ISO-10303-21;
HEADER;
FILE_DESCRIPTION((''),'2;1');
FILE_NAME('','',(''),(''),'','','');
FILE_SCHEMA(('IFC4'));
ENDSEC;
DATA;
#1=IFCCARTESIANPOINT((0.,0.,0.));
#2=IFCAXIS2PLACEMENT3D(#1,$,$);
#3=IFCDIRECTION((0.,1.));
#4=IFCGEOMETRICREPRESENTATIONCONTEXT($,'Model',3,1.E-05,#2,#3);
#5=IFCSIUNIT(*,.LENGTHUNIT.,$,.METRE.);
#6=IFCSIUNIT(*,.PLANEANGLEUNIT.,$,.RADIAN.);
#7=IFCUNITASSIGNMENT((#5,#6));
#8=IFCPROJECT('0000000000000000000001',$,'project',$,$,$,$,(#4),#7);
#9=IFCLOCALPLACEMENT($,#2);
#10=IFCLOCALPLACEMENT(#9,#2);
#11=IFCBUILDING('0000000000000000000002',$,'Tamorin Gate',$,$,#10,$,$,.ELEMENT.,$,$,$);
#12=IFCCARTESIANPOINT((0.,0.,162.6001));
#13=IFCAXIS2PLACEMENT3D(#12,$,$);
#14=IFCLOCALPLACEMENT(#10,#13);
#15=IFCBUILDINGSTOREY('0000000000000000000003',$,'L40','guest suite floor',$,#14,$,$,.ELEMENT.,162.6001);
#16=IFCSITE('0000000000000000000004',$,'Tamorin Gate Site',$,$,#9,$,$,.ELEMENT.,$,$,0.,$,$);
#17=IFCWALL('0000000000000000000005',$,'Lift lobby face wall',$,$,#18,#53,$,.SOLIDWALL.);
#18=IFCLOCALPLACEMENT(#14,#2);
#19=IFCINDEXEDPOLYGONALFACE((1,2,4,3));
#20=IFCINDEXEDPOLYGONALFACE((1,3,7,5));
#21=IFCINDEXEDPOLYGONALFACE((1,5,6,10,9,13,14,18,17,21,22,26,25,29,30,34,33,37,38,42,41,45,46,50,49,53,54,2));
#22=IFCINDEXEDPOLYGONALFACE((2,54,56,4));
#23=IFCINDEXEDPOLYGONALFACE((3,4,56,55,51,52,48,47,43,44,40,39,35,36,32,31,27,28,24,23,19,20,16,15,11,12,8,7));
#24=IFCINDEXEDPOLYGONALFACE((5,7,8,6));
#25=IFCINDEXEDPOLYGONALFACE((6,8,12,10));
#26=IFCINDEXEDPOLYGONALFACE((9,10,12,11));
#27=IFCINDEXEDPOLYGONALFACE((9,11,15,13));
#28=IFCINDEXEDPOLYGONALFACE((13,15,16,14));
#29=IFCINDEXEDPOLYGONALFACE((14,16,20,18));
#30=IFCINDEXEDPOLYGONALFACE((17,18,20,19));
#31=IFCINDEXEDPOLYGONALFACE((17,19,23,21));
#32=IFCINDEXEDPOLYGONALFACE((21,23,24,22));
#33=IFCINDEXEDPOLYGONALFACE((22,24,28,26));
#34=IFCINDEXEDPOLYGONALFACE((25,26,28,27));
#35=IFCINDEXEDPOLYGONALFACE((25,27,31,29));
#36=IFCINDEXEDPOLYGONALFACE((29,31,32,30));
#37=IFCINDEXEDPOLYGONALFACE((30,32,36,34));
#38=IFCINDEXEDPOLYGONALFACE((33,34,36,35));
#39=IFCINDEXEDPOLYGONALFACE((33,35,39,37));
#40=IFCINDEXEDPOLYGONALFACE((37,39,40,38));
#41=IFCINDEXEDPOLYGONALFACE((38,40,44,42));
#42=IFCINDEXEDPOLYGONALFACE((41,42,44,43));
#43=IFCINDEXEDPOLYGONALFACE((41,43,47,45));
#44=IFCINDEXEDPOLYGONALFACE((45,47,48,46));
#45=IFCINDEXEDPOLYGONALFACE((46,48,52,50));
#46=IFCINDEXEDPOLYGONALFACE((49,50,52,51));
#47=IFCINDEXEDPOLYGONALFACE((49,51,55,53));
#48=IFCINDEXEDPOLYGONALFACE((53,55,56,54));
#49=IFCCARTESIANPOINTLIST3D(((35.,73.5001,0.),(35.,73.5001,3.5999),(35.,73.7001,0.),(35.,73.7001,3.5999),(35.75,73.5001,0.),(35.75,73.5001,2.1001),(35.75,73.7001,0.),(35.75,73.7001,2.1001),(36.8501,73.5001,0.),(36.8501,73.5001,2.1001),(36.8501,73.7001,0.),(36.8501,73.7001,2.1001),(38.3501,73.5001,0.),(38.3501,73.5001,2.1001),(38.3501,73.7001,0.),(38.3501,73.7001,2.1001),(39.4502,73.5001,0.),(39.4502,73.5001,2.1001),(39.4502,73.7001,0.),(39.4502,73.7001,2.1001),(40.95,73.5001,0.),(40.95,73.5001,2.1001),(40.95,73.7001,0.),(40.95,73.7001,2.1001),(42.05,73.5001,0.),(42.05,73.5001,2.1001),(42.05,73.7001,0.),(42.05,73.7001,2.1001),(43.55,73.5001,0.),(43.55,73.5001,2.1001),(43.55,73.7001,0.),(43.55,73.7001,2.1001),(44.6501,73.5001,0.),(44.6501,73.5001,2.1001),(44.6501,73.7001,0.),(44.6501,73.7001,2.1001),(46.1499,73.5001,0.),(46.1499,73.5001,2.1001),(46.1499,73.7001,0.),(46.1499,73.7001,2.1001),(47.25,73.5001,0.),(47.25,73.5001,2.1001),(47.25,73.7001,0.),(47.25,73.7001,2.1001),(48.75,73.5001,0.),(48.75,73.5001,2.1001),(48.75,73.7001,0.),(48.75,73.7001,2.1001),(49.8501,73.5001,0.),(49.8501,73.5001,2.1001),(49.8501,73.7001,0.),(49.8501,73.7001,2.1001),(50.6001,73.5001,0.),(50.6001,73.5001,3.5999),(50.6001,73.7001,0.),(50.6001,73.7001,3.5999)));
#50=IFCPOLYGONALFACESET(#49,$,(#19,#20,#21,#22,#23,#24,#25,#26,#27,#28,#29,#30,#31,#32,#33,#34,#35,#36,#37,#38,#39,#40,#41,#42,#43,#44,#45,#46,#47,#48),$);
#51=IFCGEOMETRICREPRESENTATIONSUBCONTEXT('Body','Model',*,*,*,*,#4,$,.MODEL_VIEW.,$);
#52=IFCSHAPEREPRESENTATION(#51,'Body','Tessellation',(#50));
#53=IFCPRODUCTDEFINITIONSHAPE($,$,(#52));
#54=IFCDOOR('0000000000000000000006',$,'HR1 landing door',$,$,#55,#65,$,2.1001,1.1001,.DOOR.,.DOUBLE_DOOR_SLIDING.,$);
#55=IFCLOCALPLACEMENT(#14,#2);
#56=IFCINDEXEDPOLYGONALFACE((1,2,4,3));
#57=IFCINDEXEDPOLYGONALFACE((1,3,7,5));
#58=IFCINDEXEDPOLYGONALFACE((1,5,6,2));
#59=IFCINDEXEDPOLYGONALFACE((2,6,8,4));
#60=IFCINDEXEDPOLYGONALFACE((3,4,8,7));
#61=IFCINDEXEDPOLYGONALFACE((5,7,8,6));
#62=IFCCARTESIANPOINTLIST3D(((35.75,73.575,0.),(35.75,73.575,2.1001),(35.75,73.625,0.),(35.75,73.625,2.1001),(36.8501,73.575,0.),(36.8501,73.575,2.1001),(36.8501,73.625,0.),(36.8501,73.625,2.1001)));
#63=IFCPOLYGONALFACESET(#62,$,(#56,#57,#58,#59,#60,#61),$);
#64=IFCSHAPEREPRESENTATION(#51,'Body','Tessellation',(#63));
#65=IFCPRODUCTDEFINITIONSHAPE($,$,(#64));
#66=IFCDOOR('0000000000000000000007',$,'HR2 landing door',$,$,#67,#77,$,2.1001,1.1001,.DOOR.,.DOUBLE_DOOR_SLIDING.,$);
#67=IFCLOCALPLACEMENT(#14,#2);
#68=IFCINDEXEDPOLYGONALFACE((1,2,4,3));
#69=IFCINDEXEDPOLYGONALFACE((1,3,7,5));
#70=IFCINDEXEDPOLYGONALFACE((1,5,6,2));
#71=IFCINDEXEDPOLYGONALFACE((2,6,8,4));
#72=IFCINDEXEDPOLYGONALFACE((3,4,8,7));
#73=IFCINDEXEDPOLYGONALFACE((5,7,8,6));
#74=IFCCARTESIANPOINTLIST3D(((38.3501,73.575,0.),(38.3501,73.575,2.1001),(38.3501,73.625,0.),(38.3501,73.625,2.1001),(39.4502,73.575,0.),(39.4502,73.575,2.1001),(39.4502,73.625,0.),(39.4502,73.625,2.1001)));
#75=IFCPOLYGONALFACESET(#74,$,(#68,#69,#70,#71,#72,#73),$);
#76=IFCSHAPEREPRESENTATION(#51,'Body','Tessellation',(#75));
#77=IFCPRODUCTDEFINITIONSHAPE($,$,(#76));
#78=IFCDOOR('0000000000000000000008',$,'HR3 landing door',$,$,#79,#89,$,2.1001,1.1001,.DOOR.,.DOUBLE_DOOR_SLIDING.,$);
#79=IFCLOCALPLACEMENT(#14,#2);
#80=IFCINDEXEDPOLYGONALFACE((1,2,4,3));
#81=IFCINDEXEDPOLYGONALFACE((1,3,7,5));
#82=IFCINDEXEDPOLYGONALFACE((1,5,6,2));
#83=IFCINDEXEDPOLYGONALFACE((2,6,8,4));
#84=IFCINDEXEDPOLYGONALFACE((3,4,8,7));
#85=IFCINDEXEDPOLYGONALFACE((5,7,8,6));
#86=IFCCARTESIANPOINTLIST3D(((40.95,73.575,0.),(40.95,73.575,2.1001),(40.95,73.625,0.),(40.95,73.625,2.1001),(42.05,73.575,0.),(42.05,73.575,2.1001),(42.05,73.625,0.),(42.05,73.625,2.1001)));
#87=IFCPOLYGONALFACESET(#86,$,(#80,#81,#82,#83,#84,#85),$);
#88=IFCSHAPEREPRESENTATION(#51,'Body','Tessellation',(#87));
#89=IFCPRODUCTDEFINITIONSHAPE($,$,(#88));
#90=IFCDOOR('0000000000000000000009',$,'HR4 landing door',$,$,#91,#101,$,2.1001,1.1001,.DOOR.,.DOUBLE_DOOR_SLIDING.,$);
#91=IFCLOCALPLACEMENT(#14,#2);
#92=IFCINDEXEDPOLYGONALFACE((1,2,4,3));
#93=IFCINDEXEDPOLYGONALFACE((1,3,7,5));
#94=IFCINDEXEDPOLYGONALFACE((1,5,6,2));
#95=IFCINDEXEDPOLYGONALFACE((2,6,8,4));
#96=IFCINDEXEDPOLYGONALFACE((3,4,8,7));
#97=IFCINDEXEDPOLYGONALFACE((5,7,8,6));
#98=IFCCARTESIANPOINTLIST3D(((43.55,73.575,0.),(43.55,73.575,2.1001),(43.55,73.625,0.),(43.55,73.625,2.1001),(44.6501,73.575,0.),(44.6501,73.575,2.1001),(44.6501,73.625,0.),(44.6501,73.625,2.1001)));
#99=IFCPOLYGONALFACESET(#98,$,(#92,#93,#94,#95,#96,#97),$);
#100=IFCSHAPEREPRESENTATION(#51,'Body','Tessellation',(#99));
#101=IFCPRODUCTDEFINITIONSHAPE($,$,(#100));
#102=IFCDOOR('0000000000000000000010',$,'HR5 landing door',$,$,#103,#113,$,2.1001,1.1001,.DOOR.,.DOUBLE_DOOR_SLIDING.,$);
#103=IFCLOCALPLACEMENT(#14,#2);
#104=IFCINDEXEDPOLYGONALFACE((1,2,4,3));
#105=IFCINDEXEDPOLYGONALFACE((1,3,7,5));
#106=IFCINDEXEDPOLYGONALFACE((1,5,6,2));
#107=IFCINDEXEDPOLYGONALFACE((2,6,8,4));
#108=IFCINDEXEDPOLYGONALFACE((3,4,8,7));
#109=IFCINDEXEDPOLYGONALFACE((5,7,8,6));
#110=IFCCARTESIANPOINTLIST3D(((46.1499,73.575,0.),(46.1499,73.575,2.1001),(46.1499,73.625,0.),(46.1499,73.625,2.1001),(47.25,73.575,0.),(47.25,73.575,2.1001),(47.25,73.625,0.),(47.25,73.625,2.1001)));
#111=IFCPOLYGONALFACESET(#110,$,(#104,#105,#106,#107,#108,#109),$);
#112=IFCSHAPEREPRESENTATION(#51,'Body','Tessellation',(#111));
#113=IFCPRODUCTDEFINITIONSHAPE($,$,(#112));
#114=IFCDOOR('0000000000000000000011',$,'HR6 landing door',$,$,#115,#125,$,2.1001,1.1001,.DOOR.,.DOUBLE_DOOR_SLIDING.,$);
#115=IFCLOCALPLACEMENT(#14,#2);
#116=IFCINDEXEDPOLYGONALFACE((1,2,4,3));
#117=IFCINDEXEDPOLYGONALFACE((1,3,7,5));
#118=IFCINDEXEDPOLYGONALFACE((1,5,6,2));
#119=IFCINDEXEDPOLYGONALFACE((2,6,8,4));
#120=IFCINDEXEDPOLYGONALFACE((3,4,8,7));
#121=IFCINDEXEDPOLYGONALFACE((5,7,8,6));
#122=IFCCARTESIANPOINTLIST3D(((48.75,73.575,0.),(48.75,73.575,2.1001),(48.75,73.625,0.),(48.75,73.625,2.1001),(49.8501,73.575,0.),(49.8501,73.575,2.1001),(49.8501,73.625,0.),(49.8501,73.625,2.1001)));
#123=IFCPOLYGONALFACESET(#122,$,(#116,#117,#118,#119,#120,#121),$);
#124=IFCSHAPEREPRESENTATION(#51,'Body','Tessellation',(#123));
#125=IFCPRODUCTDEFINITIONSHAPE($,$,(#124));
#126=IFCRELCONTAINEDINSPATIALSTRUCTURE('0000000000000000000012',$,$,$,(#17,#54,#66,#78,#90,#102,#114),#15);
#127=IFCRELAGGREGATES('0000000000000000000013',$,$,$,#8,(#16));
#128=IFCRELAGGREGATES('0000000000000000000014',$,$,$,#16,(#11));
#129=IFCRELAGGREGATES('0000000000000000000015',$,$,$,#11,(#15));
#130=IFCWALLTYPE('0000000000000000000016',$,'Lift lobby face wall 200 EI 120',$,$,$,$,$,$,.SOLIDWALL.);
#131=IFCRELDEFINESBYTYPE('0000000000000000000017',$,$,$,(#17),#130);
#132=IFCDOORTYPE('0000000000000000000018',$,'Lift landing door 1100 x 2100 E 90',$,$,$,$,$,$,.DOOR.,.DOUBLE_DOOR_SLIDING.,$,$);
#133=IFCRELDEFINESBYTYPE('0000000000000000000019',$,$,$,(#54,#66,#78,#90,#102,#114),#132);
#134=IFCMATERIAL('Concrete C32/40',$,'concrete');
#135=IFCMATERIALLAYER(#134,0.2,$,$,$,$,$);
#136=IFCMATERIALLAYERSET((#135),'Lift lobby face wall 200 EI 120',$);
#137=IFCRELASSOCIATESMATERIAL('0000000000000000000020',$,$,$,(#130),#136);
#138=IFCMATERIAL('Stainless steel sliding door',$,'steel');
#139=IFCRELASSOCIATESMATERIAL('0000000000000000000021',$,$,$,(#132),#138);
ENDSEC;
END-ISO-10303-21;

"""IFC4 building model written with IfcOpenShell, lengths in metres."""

from ifc_helpers import new_model, si_unit, direction, frame, frame_2d, origin, place, context, subcontext, project, spatial, rectangle, extrude, material, layer, layer_set, type_object, element, fill, save


model = new_model("IFC4")

# Units and contexts
model_context = context("Model", 3, precision=1e-05, world=origin(), true_north=direction((0.0, 1.0)))
body_context = subcontext(model_context, "Body", "Model", "MODEL_VIEW")
ifc_project = project(units=[si_unit("LENGTHUNIT", "METRE"), si_unit("PLANEANGLEUNIT", "RADIAN")], contexts=[model_context])

# Site, building, storey
site_placement = place(None, origin())
site = spatial("IfcSite", under=ifc_project, at=site_placement, Name="Tamorin Gate Site", CompositionType="ELEMENT", RefElevation=0.0)
building_placement = place(site_placement, origin())
building = spatial("IfcBuilding", under=site, at=building_placement, Name="Tamorin Gate", CompositionType="ELEMENT")
storey_placement = place(building_placement, frame((0.0, 0.0, 162.6001)))
storey = spatial("IfcBuildingStorey", under=building, at=storey_placement, Name="L40", Description="guest suite floor", CompositionType="ELEMENT", Elevation=162.6001)

# Wall, openings, doors
ifc_material_1 = material(Name="Concrete C32/40", Category="concrete")
ifc_layer_1 = layer(ifc_material_1, 0.2)
ifc_layer_set_1 = layer_set([ifc_layer_1], Name="Lift lobby face wall 200 EI 120")
wall_type_1 = type_object("IfcWallType", Name="Lift lobby face wall 200 EI 120", PredefinedType="SOLIDWALL", material=ifc_layer_set_1)
wall_1_placement = place(storey_placement, frame((35.0, 73.6001, 0.0), z_axis=(0.0, 0.0, 1.0), x_axis=(1.0, 0.0, 0.0)))
wall_1 = element("IfcWall", 1, at=wall_1_placement, inside=storey, type_object=wall_type_1, Name="Lift lobby face wall", PredefinedType="SOLIDWALL", context=body_context, shape_type="SweptSolid", body=[
    extrude(rectangle(XDim=15.6001, YDim=0.2, at=frame_2d((7.8, 0.0))), origin(), (0.0, 0.0, 1.0), 3.5999),
])
opening_1_placement = place(wall_1_placement, frame((0.75, 0.0, 0.0)))
opening_1 = element("IfcOpeningElement", 2, at=opening_1_placement, cuts=wall_1, PredefinedType="OPENING", context=body_context, shape_type="SweptSolid", body=[
    extrude(rectangle(XDim=1.1001, YDim=2.1001, at=frame_2d((0.55, 1.05))), frame((0.0, 0.1099, 0.0), z_axis=(0.0, -1.0, 0.0), x_axis=(1.0, 0.0, 0.0)), (0.0, 0.0, 1.0), 0.22),
])
opening_2_placement = place(wall_1_placement, frame((3.3501, 0.0, 0.0)))
opening_2 = element("IfcOpeningElement", 3, at=opening_2_placement, cuts=wall_1, PredefinedType="OPENING", context=body_context, shape_type="SweptSolid", body=[
    extrude(rectangle(XDim=1.1001, YDim=2.1001, at=frame_2d((0.55, 1.05))), frame((0.0, 0.1099, 0.0), z_axis=(0.0, -1.0, 0.0), x_axis=(1.0, 0.0, 0.0)), (0.0, 0.0, 1.0), 0.22),
])
opening_3_placement = place(wall_1_placement, frame((5.95, 0.0, 0.0)))
opening_3 = element("IfcOpeningElement", 4, at=opening_3_placement, cuts=wall_1, PredefinedType="OPENING", context=body_context, shape_type="SweptSolid", body=[
    extrude(rectangle(XDim=1.1001, YDim=2.1001, at=frame_2d((0.55, 1.05))), frame((0.0, 0.1099, 0.0), z_axis=(0.0, -1.0, 0.0), x_axis=(1.0, 0.0, 0.0)), (0.0, 0.0, 1.0), 0.22),
])
opening_4_placement = place(wall_1_placement, frame((8.55, 0.0, 0.0)))
opening_4 = element("IfcOpeningElement", 5, at=opening_4_placement, cuts=wall_1, PredefinedType="OPENING", context=body_context, shape_type="SweptSolid", body=[
    extrude(rectangle(XDim=1.1001, YDim=2.1001, at=frame_2d((0.55, 1.05))), frame((0.0, 0.1099, 0.0), z_axis=(0.0, -1.0, 0.0), x_axis=(1.0, 0.0, 0.0)), (0.0, 0.0, 1.0), 0.22),
])
opening_5_placement = place(wall_1_placement, frame((11.1499, 0.0, 0.0)))
opening_5 = element("IfcOpeningElement", 6, at=opening_5_placement, cuts=wall_1, PredefinedType="OPENING", context=body_context, shape_type="SweptSolid", body=[
    extrude(rectangle(XDim=1.1001, YDim=2.1001, at=frame_2d((0.55, 1.05))), frame((0.0, 0.1099, 0.0), z_axis=(0.0, -1.0, 0.0), x_axis=(1.0, 0.0, 0.0)), (0.0, 0.0, 1.0), 0.22),
])
opening_6_placement = place(wall_1_placement, frame((13.75, 0.0, 0.0)))
opening_6 = element("IfcOpeningElement", 7, at=opening_6_placement, cuts=wall_1, PredefinedType="OPENING", context=body_context, shape_type="SweptSolid", body=[
    extrude(rectangle(XDim=1.1001, YDim=2.1001, at=frame_2d((0.55, 1.05))), frame((0.0, 0.1099, 0.0), z_axis=(0.0, -1.0, 0.0), x_axis=(1.0, 0.0, 0.0)), (0.0, 0.0, 1.0), 0.22),
])
ifc_material_2 = material(Name="Stainless steel sliding door", Category="steel")
door_type_1 = type_object("IfcDoorType", Name="Lift landing door 1100 x 2100 E 90", OperationType="DOUBLE_DOOR_SLIDING", PredefinedType="DOOR", material=ifc_material_2)
door_1_placement = place(opening_1_placement, origin())
door_1 = element("IfcDoor", 8, at=door_1_placement, inside=storey, type_object=door_type_1, Name="HR1 landing door", OperationType="DOUBLE_DOOR_SLIDING", OverallHeight=2.1001, OverallWidth=1.1001, PredefinedType="DOOR", context=body_context, shape_type="SweptSolid", body=[
    extrude(rectangle(XDim=1.1001, YDim=2.1001, at=frame_2d((0.55, 1.05))), frame((0.0, 0.0249, 0.0), z_axis=(0.0, -1.0, 0.0), x_axis=(1.0, 0.0, 0.0)), (0.0, 0.0, 1.0), 0.05),
])
fill(opening_1, door_1)
door_2_placement = place(opening_2_placement, origin())
door_2 = element("IfcDoor", 9, at=door_2_placement, inside=storey, type_object=door_type_1, Name="HR2 landing door", OperationType="DOUBLE_DOOR_SLIDING", OverallHeight=2.1001, OverallWidth=1.1001, PredefinedType="DOOR", context=body_context, shape_type="SweptSolid", body=[
    extrude(rectangle(XDim=1.1001, YDim=2.1001, at=frame_2d((0.55, 1.05))), frame((0.0, 0.0249, 0.0), z_axis=(0.0, -1.0, 0.0), x_axis=(1.0, 0.0, 0.0)), (0.0, 0.0, 1.0), 0.05),
])
fill(opening_2, door_2)
door_3_placement = place(opening_3_placement, origin())
door_3 = element("IfcDoor", 10, at=door_3_placement, inside=storey, type_object=door_type_1, Name="HR3 landing door", OperationType="DOUBLE_DOOR_SLIDING", OverallHeight=2.1001, OverallWidth=1.1001, PredefinedType="DOOR", context=body_context, shape_type="SweptSolid", body=[
    extrude(rectangle(XDim=1.1001, YDim=2.1001, at=frame_2d((0.55, 1.05))), frame((0.0, 0.0249, 0.0), z_axis=(0.0, -1.0, 0.0), x_axis=(1.0, 0.0, 0.0)), (0.0, 0.0, 1.0), 0.05),
])
fill(opening_3, door_3)
door_4_placement = place(opening_4_placement, origin())
door_4 = element("IfcDoor", 11, at=door_4_placement, inside=storey, type_object=door_type_1, Name="HR4 landing door", OperationType="DOUBLE_DOOR_SLIDING", OverallHeight=2.1001, OverallWidth=1.1001, PredefinedType="DOOR", context=body_context, shape_type="SweptSolid", body=[
    extrude(rectangle(XDim=1.1001, YDim=2.1001, at=frame_2d((0.55, 1.05))), frame((0.0, 0.0249, 0.0), z_axis=(0.0, -1.0, 0.0), x_axis=(1.0, 0.0, 0.0)), (0.0, 0.0, 1.0), 0.05),
])
fill(opening_4, door_4)
door_5_placement = place(opening_5_placement, origin())
door_5 = element("IfcDoor", 12, at=door_5_placement, inside=storey, type_object=door_type_1, Name="HR5 landing door", OperationType="DOUBLE_DOOR_SLIDING", OverallHeight=2.1001, OverallWidth=1.1001, PredefinedType="DOOR", context=body_context, shape_type="SweptSolid", body=[
    extrude(rectangle(XDim=1.1001, YDim=2.1001, at=frame_2d((0.55, 1.05))), frame((0.0, 0.0249, 0.0), z_axis=(0.0, -1.0, 0.0), x_axis=(1.0, 0.0, 0.0)), (0.0, 0.0, 1.0), 0.05),
])
fill(opening_5, door_5)
door_6_placement = place(opening_6_placement, origin())
door_6 = element("IfcDoor", 13, at=door_6_placement, inside=storey, type_object=door_type_1, Name="HR6 landing door", OperationType="DOUBLE_DOOR_SLIDING", OverallHeight=2.1001, OverallWidth=1.1001, PredefinedType="DOOR", context=body_context, shape_type="SweptSolid", body=[
    extrude(rectangle(XDim=1.1001, YDim=2.1001, at=frame_2d((0.55, 1.05))), frame((0.0, 0.0249, 0.0), z_axis=(0.0, -1.0, 0.0), x_axis=(1.0, 0.0, 0.0)), (0.0, 0.0, 1.0), 0.05),
])
fill(opening_6, door_6)

save(model, "model.ifc")
